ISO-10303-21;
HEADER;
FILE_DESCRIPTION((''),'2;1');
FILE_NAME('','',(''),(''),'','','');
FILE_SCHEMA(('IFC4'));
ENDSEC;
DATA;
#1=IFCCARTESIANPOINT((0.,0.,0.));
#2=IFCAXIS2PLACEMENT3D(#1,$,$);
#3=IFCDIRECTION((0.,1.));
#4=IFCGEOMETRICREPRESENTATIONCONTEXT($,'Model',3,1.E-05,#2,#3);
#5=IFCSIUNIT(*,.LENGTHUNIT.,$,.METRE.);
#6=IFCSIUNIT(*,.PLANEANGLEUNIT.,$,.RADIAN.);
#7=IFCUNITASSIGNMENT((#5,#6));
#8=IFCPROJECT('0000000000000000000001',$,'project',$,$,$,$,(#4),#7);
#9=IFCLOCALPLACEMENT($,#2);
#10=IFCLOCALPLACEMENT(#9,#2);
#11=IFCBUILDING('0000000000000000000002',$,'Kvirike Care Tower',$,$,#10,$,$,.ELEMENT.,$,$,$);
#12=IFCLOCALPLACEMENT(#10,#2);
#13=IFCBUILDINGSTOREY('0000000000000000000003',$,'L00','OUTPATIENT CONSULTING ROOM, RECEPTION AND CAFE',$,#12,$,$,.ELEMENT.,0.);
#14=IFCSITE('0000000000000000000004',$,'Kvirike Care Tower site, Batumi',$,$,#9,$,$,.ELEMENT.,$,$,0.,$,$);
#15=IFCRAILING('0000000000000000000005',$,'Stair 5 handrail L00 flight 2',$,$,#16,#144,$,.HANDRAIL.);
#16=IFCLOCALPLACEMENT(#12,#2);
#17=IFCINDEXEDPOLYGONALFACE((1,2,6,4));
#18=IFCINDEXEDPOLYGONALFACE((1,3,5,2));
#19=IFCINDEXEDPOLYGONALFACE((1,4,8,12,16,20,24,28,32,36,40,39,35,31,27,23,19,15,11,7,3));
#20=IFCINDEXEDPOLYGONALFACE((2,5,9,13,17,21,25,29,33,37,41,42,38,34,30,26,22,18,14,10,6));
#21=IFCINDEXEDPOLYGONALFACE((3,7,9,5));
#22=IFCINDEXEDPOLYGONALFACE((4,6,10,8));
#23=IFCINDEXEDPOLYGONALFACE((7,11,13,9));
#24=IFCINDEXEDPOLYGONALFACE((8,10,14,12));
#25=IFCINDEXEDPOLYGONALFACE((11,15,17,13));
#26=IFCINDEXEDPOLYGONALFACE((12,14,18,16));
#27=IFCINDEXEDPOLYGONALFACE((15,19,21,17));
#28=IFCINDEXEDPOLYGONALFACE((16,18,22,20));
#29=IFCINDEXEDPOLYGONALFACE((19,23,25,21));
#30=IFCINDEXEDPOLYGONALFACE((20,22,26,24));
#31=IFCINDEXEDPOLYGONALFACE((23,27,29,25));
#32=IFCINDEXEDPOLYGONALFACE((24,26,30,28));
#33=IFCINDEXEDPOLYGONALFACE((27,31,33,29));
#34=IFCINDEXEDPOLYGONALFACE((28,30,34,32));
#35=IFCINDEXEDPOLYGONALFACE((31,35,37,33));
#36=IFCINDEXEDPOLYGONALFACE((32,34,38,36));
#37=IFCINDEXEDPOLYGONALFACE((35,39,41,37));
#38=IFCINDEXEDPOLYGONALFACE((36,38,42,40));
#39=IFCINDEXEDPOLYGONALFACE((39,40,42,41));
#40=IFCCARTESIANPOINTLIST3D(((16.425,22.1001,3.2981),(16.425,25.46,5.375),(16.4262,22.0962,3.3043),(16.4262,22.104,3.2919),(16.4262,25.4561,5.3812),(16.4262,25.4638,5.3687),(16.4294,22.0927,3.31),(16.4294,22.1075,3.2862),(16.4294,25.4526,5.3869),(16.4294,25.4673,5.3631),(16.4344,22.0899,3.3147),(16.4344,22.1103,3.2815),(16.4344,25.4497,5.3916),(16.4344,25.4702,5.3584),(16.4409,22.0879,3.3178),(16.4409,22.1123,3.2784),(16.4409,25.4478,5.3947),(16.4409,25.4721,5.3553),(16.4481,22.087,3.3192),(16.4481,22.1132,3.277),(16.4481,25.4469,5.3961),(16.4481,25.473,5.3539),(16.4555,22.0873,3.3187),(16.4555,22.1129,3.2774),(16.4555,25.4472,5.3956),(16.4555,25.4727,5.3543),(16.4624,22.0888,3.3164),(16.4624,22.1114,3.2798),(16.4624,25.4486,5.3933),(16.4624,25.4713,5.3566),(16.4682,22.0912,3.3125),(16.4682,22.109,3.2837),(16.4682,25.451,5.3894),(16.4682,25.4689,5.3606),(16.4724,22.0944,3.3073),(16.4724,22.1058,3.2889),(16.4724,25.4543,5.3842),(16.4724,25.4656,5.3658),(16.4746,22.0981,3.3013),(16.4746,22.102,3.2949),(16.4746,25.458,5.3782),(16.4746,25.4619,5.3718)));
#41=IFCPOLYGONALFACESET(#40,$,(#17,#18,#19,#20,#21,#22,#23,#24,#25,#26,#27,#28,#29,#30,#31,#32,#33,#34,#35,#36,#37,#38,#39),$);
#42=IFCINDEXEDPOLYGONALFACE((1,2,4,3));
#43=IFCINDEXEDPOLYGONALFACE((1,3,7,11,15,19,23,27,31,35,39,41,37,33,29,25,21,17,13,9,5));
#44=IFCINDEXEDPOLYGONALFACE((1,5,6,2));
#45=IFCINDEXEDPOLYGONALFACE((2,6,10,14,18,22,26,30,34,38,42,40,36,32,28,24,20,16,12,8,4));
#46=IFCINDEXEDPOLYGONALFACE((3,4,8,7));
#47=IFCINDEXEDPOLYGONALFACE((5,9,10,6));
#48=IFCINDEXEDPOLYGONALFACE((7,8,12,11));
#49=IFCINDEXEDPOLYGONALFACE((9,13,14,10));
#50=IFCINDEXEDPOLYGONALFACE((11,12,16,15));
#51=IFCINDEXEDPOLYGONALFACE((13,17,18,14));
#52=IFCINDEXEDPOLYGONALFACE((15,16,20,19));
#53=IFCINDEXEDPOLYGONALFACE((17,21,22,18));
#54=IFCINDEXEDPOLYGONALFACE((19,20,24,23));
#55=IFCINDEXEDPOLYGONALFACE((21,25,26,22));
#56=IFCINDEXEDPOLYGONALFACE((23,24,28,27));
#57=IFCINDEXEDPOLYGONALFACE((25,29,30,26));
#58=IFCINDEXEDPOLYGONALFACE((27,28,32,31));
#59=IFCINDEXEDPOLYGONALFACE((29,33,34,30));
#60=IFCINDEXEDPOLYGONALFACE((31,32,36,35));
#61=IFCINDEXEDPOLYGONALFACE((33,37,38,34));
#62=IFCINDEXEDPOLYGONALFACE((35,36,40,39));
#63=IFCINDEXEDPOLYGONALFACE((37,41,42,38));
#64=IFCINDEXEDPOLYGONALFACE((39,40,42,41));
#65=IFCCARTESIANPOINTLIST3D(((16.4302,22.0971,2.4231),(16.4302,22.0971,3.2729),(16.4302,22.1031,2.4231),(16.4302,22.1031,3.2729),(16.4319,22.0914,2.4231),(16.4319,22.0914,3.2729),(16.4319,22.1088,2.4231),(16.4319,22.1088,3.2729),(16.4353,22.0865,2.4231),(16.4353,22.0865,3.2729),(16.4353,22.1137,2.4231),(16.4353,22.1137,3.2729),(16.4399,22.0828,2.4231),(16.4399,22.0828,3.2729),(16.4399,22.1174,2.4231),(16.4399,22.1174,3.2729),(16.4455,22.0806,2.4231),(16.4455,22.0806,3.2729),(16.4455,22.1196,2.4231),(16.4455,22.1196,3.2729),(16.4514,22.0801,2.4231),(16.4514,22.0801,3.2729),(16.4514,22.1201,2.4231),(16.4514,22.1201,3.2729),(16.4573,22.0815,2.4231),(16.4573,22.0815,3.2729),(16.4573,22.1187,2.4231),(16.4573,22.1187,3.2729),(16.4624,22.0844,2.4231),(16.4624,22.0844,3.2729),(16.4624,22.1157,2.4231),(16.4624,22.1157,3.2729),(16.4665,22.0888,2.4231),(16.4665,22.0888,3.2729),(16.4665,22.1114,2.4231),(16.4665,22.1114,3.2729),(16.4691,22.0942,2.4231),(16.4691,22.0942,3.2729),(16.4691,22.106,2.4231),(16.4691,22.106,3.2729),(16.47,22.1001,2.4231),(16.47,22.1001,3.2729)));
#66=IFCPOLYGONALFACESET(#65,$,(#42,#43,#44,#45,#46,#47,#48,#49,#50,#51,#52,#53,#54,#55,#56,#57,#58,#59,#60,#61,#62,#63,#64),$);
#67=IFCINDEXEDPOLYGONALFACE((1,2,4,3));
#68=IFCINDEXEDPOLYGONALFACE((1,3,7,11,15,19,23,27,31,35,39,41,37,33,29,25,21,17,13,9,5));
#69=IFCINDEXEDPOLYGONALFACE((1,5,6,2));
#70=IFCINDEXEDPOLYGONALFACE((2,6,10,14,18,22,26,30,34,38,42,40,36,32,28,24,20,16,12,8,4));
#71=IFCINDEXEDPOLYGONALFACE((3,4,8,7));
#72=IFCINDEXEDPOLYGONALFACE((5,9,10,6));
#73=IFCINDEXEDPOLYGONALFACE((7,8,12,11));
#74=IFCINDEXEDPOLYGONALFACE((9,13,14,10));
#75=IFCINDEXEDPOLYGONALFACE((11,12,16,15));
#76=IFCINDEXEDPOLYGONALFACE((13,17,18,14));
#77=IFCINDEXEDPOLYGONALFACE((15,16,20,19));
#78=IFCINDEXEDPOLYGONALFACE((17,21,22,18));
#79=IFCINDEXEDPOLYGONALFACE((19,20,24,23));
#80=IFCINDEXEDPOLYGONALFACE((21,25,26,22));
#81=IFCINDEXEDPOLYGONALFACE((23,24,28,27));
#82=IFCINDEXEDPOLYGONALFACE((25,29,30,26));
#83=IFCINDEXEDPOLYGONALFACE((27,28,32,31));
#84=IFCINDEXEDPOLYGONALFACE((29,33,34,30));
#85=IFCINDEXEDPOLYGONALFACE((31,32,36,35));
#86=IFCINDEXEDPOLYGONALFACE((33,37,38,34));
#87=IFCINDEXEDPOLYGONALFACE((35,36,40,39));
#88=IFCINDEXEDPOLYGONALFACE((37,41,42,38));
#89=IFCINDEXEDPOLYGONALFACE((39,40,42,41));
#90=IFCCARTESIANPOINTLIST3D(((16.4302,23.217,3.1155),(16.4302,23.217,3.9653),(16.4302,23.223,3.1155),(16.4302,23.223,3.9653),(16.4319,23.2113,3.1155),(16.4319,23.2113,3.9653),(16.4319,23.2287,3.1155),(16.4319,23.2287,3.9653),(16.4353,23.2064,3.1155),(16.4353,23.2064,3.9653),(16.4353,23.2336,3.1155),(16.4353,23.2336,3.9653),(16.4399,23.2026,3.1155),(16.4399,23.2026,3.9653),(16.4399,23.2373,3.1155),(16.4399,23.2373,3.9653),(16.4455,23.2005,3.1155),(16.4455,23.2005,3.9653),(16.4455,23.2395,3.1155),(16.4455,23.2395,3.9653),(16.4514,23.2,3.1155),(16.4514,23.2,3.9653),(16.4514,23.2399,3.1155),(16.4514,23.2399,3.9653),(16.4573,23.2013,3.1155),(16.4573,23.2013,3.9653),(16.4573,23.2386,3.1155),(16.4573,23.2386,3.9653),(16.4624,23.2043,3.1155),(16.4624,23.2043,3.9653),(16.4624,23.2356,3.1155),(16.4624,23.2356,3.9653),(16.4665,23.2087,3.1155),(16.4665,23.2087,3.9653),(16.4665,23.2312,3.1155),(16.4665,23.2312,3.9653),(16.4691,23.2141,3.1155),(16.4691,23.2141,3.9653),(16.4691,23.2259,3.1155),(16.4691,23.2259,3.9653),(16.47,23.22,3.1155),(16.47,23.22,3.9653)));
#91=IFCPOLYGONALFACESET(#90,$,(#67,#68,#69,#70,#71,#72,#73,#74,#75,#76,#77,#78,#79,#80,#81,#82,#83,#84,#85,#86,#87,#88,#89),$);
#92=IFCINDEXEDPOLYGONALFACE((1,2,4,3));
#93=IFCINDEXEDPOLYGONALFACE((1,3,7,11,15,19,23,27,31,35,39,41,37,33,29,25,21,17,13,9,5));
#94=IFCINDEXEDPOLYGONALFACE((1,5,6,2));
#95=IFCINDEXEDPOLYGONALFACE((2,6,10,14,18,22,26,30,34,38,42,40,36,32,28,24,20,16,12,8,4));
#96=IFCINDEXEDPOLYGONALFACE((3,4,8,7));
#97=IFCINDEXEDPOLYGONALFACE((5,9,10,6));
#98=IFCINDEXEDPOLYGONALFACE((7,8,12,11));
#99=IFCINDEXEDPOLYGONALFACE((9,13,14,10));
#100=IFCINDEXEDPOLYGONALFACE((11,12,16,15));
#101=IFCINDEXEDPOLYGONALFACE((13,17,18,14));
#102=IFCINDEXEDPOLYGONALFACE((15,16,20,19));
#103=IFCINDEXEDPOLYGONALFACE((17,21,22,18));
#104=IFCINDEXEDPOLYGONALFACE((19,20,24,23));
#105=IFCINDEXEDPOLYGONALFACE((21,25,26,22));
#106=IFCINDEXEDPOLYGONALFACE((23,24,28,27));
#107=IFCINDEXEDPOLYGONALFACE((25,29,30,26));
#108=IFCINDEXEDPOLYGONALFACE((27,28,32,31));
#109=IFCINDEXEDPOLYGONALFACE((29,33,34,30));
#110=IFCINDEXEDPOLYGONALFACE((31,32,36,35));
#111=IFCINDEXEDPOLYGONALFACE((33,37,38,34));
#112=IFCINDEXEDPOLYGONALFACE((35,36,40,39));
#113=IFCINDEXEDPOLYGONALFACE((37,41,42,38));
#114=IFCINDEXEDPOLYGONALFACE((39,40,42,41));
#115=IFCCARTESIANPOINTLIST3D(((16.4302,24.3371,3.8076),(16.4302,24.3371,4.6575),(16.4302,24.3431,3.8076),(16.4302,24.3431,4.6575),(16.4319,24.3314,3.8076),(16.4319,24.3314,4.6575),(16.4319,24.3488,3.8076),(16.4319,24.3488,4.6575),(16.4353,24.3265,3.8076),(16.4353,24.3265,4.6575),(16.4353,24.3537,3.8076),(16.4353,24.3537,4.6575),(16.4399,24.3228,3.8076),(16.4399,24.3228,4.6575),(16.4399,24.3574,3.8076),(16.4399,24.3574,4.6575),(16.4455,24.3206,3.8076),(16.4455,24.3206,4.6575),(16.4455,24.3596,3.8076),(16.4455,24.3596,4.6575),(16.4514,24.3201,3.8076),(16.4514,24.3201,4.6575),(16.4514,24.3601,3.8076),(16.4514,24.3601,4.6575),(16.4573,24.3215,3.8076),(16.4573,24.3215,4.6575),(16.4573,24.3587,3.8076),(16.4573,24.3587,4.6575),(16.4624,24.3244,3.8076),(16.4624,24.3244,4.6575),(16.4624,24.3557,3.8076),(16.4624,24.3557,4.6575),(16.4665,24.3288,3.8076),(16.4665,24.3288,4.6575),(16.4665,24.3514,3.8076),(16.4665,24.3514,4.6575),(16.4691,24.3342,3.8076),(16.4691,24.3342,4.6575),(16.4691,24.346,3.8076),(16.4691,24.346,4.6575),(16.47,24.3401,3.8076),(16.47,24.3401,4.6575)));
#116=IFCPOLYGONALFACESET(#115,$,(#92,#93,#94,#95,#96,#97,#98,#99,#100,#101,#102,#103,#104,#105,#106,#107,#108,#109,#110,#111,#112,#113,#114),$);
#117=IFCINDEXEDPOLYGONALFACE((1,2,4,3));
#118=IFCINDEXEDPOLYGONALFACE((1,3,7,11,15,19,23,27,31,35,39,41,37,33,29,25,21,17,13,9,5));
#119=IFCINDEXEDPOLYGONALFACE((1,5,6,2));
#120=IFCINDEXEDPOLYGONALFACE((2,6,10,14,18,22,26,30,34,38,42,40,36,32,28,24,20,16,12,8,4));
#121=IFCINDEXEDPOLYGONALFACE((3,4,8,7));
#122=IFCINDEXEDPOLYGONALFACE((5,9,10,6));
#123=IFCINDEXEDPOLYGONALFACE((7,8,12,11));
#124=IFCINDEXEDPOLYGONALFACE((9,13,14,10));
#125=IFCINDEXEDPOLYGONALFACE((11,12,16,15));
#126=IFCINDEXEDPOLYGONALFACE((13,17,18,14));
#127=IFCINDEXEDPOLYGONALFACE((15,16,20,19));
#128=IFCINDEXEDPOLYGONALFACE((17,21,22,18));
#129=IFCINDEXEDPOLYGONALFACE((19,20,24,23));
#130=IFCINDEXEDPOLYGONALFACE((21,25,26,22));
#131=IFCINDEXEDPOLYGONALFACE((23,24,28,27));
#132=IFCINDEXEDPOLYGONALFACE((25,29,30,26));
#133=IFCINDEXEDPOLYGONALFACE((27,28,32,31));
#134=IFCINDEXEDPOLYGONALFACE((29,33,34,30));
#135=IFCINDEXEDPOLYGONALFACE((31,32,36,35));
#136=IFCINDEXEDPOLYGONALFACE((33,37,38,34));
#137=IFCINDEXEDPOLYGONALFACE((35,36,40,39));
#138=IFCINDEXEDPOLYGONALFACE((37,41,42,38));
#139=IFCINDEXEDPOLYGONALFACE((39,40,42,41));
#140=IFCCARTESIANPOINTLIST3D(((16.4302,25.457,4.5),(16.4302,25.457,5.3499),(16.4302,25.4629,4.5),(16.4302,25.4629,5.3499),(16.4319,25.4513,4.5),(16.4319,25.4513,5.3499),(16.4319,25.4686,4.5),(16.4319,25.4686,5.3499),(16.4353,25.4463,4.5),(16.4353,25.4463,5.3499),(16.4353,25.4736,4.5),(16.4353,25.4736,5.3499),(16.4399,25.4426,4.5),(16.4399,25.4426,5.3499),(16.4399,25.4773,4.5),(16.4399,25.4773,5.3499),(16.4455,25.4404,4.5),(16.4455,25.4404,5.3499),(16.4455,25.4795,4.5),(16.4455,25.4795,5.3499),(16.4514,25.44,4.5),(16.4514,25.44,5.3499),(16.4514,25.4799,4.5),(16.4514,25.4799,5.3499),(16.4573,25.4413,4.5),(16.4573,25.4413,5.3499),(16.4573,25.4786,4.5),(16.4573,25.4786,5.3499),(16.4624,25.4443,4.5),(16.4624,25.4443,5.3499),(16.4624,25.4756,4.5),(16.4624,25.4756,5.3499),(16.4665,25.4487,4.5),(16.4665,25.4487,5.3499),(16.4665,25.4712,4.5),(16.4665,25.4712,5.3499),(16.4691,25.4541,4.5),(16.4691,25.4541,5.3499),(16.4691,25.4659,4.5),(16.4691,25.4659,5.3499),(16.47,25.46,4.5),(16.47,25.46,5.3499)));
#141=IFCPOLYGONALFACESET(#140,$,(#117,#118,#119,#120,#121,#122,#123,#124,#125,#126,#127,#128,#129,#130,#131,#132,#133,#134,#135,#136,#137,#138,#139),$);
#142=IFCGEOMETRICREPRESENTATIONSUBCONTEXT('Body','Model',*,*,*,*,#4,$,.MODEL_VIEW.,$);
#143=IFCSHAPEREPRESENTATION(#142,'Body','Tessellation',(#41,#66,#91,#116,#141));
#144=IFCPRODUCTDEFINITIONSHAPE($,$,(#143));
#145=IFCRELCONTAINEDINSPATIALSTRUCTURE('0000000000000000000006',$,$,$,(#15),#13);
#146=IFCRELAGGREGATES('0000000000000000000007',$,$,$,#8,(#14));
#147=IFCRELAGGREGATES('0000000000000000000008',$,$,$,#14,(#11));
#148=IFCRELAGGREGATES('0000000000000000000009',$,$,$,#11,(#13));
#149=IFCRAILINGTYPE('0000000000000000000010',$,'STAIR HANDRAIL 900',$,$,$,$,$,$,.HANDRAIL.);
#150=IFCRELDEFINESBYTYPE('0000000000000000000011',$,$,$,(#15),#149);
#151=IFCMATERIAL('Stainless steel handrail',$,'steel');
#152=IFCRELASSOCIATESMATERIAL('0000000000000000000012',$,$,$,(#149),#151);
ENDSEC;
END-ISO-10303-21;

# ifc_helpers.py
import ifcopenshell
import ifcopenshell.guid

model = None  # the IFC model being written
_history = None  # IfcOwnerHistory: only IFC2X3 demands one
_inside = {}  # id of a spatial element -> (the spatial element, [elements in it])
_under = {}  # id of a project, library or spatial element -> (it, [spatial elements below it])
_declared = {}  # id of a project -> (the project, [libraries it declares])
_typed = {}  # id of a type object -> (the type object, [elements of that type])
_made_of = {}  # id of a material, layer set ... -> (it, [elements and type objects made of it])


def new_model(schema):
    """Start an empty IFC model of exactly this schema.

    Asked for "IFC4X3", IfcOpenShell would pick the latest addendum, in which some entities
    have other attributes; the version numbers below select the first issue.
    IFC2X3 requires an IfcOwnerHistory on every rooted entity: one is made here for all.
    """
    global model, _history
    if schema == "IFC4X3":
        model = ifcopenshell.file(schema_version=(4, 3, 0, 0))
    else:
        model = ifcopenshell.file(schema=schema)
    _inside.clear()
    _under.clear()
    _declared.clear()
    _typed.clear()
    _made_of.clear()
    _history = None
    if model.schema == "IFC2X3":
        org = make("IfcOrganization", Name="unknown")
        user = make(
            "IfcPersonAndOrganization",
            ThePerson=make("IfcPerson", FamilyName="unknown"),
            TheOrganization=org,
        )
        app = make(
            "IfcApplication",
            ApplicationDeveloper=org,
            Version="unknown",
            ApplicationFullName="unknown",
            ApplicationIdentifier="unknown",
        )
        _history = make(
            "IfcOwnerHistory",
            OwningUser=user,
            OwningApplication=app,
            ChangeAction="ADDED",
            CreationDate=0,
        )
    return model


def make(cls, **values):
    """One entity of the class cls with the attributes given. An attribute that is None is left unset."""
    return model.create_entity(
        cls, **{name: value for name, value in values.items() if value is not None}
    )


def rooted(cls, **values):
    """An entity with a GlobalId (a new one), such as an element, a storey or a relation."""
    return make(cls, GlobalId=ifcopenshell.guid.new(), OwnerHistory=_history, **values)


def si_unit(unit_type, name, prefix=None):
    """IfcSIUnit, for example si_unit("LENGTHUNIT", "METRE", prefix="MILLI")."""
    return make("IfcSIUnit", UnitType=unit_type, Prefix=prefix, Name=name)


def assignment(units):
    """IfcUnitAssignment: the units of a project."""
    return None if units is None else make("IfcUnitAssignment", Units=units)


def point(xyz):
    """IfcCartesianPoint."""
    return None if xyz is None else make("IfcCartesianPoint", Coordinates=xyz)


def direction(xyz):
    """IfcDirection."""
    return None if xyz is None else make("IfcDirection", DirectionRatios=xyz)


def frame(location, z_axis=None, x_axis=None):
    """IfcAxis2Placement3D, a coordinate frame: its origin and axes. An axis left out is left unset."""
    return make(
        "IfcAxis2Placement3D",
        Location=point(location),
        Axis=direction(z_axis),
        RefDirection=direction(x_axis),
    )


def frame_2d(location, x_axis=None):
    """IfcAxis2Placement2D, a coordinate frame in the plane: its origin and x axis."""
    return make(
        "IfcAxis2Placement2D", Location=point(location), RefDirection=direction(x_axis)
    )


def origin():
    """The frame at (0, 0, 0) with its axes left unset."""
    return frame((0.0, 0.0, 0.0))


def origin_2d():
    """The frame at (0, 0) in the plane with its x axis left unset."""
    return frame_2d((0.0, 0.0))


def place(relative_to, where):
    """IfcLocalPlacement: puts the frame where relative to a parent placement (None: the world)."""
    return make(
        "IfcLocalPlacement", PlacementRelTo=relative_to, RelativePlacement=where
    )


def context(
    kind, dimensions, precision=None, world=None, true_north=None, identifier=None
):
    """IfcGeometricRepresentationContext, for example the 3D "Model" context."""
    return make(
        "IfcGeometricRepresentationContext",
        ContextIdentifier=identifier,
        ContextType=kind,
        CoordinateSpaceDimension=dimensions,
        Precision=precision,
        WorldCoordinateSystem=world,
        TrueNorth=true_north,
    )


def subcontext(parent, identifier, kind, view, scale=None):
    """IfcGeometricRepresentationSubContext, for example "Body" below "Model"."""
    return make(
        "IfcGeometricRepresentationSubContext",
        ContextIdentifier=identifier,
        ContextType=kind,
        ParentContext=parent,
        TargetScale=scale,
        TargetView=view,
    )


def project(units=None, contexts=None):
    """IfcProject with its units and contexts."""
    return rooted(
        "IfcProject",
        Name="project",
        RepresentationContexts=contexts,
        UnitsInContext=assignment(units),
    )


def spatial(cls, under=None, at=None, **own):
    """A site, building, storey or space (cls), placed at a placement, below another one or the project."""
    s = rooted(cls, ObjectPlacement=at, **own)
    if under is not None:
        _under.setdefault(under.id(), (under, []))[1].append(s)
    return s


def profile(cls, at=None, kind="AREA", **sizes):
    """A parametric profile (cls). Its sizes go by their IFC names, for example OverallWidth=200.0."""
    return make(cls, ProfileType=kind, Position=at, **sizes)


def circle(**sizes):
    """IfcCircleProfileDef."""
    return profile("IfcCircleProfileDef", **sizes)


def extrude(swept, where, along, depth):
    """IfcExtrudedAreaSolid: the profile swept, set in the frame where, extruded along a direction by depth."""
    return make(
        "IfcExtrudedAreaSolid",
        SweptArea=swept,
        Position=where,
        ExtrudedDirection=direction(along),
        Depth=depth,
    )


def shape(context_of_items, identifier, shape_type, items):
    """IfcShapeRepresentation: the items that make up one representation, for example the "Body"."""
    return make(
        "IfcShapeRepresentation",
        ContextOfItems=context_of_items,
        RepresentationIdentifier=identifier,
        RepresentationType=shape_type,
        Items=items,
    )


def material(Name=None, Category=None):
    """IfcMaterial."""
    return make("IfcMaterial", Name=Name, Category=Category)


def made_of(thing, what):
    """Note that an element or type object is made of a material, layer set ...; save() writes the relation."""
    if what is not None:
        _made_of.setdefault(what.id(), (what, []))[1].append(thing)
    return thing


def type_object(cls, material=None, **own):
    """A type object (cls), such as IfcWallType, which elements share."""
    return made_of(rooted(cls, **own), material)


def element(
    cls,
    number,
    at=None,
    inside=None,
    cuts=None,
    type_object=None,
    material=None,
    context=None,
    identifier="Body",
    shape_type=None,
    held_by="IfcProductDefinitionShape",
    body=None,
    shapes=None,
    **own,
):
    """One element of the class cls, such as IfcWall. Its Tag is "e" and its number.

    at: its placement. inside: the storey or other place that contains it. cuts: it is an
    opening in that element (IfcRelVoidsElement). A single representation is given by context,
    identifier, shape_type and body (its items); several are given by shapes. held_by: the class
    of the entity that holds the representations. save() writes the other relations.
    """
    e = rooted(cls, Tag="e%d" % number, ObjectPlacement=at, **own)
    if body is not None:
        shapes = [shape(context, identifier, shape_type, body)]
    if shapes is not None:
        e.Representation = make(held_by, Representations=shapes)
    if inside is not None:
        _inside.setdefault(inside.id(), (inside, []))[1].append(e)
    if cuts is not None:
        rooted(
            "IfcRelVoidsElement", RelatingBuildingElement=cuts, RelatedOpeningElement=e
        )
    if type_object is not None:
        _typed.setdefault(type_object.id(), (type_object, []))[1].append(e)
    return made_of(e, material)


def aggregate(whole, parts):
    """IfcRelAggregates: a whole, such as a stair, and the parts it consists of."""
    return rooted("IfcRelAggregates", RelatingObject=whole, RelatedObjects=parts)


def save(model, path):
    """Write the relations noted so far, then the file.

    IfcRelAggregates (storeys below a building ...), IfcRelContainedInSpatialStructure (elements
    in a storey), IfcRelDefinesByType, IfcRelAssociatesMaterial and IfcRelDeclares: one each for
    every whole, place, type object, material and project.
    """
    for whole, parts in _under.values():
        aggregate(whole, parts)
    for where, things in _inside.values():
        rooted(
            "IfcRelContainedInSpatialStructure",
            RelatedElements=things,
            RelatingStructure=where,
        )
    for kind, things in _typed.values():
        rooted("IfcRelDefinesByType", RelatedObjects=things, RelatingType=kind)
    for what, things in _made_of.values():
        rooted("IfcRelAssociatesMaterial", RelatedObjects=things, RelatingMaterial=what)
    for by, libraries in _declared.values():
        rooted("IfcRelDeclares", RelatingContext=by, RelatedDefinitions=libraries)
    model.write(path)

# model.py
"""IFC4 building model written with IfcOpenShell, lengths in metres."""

from ifc_helpers import new_model, si_unit, direction, frame, origin, origin_2d, place, context, subcontext, project, spatial, circle, extrude, material, type_object, element, save


model = new_model("IFC4")

# Units and contexts
model_context = context("Model", 3, precision=1e-05, world=origin(), true_north=direction((0.0, 1.0)))
body_context = subcontext(model_context, "Body", "Model", "MODEL_VIEW")
ifc_project = project(units=[si_unit("LENGTHUNIT", "METRE"), si_unit("PLANEANGLEUNIT", "RADIAN")], contexts=[model_context])

# Site, building, storey
site_placement = place(None, origin())
site = spatial("IfcSite", under=ifc_project, at=site_placement, Name="Kvirike Care Tower site, Batumi", CompositionType="ELEMENT", RefElevation=0.0)
building_placement = place(site_placement, origin())
building = spatial("IfcBuilding", under=site, at=building_placement, Name="Kvirike Care Tower", CompositionType="ELEMENT")
storey_placement = place(building_placement, origin())
storey = spatial("IfcBuildingStorey", under=building, at=storey_placement, Name="L00", Description="OUTPATIENT CONSULTING ROOM, RECEPTION AND CAFE", CompositionType="ELEMENT", Elevation=0.0)

# Railing
ifc_material_1 = material(Name="Stainless steel handrail", Category="steel")
railing_type = type_object("IfcRailingType", Name="STAIR HANDRAIL 900", PredefinedType="HANDRAIL", material=ifc_material_1)
railing_placement = place(storey_placement, frame((16.45, 22.1001, 2.4231)))
element("IfcRailing", 1, at=railing_placement, inside=storey, type_object=railing_type, Name="Stair 5 handrail L00 flight 2", PredefinedType="HANDRAIL", context=body_context, shape_type="SweptSolid", body=[
    extrude(circle(Radius=0.0249, at=origin_2d()), frame((0.0, 0.0, 0.875), z_axis=(0.0, 0.850606, 0.525803), x_axis=(-1.0, 0.0, 0.0)), (0.0, 0.0, 1.0), 3.95),
    extrude(circle(Radius=0.02, at=origin_2d()), origin(), (0.0, 0.0, 1.0), 0.8499),
    extrude(circle(Radius=0.02, at=origin_2d()), frame((0.0, 1.1199, 0.6924)), (0.0, 0.0, 1.0), 0.8499),
    extrude(circle(Radius=0.02, at=origin_2d()), frame((0.0, 2.24, 1.3845)), (0.0, 0.0, 1.0), 0.8499),
    extrude(circle(Radius=0.02, at=origin_2d()), frame((0.0, 3.3599, 2.0769)), (0.0, 0.0, 1.0), 0.8499),
])

save(model, "model.ifc")
